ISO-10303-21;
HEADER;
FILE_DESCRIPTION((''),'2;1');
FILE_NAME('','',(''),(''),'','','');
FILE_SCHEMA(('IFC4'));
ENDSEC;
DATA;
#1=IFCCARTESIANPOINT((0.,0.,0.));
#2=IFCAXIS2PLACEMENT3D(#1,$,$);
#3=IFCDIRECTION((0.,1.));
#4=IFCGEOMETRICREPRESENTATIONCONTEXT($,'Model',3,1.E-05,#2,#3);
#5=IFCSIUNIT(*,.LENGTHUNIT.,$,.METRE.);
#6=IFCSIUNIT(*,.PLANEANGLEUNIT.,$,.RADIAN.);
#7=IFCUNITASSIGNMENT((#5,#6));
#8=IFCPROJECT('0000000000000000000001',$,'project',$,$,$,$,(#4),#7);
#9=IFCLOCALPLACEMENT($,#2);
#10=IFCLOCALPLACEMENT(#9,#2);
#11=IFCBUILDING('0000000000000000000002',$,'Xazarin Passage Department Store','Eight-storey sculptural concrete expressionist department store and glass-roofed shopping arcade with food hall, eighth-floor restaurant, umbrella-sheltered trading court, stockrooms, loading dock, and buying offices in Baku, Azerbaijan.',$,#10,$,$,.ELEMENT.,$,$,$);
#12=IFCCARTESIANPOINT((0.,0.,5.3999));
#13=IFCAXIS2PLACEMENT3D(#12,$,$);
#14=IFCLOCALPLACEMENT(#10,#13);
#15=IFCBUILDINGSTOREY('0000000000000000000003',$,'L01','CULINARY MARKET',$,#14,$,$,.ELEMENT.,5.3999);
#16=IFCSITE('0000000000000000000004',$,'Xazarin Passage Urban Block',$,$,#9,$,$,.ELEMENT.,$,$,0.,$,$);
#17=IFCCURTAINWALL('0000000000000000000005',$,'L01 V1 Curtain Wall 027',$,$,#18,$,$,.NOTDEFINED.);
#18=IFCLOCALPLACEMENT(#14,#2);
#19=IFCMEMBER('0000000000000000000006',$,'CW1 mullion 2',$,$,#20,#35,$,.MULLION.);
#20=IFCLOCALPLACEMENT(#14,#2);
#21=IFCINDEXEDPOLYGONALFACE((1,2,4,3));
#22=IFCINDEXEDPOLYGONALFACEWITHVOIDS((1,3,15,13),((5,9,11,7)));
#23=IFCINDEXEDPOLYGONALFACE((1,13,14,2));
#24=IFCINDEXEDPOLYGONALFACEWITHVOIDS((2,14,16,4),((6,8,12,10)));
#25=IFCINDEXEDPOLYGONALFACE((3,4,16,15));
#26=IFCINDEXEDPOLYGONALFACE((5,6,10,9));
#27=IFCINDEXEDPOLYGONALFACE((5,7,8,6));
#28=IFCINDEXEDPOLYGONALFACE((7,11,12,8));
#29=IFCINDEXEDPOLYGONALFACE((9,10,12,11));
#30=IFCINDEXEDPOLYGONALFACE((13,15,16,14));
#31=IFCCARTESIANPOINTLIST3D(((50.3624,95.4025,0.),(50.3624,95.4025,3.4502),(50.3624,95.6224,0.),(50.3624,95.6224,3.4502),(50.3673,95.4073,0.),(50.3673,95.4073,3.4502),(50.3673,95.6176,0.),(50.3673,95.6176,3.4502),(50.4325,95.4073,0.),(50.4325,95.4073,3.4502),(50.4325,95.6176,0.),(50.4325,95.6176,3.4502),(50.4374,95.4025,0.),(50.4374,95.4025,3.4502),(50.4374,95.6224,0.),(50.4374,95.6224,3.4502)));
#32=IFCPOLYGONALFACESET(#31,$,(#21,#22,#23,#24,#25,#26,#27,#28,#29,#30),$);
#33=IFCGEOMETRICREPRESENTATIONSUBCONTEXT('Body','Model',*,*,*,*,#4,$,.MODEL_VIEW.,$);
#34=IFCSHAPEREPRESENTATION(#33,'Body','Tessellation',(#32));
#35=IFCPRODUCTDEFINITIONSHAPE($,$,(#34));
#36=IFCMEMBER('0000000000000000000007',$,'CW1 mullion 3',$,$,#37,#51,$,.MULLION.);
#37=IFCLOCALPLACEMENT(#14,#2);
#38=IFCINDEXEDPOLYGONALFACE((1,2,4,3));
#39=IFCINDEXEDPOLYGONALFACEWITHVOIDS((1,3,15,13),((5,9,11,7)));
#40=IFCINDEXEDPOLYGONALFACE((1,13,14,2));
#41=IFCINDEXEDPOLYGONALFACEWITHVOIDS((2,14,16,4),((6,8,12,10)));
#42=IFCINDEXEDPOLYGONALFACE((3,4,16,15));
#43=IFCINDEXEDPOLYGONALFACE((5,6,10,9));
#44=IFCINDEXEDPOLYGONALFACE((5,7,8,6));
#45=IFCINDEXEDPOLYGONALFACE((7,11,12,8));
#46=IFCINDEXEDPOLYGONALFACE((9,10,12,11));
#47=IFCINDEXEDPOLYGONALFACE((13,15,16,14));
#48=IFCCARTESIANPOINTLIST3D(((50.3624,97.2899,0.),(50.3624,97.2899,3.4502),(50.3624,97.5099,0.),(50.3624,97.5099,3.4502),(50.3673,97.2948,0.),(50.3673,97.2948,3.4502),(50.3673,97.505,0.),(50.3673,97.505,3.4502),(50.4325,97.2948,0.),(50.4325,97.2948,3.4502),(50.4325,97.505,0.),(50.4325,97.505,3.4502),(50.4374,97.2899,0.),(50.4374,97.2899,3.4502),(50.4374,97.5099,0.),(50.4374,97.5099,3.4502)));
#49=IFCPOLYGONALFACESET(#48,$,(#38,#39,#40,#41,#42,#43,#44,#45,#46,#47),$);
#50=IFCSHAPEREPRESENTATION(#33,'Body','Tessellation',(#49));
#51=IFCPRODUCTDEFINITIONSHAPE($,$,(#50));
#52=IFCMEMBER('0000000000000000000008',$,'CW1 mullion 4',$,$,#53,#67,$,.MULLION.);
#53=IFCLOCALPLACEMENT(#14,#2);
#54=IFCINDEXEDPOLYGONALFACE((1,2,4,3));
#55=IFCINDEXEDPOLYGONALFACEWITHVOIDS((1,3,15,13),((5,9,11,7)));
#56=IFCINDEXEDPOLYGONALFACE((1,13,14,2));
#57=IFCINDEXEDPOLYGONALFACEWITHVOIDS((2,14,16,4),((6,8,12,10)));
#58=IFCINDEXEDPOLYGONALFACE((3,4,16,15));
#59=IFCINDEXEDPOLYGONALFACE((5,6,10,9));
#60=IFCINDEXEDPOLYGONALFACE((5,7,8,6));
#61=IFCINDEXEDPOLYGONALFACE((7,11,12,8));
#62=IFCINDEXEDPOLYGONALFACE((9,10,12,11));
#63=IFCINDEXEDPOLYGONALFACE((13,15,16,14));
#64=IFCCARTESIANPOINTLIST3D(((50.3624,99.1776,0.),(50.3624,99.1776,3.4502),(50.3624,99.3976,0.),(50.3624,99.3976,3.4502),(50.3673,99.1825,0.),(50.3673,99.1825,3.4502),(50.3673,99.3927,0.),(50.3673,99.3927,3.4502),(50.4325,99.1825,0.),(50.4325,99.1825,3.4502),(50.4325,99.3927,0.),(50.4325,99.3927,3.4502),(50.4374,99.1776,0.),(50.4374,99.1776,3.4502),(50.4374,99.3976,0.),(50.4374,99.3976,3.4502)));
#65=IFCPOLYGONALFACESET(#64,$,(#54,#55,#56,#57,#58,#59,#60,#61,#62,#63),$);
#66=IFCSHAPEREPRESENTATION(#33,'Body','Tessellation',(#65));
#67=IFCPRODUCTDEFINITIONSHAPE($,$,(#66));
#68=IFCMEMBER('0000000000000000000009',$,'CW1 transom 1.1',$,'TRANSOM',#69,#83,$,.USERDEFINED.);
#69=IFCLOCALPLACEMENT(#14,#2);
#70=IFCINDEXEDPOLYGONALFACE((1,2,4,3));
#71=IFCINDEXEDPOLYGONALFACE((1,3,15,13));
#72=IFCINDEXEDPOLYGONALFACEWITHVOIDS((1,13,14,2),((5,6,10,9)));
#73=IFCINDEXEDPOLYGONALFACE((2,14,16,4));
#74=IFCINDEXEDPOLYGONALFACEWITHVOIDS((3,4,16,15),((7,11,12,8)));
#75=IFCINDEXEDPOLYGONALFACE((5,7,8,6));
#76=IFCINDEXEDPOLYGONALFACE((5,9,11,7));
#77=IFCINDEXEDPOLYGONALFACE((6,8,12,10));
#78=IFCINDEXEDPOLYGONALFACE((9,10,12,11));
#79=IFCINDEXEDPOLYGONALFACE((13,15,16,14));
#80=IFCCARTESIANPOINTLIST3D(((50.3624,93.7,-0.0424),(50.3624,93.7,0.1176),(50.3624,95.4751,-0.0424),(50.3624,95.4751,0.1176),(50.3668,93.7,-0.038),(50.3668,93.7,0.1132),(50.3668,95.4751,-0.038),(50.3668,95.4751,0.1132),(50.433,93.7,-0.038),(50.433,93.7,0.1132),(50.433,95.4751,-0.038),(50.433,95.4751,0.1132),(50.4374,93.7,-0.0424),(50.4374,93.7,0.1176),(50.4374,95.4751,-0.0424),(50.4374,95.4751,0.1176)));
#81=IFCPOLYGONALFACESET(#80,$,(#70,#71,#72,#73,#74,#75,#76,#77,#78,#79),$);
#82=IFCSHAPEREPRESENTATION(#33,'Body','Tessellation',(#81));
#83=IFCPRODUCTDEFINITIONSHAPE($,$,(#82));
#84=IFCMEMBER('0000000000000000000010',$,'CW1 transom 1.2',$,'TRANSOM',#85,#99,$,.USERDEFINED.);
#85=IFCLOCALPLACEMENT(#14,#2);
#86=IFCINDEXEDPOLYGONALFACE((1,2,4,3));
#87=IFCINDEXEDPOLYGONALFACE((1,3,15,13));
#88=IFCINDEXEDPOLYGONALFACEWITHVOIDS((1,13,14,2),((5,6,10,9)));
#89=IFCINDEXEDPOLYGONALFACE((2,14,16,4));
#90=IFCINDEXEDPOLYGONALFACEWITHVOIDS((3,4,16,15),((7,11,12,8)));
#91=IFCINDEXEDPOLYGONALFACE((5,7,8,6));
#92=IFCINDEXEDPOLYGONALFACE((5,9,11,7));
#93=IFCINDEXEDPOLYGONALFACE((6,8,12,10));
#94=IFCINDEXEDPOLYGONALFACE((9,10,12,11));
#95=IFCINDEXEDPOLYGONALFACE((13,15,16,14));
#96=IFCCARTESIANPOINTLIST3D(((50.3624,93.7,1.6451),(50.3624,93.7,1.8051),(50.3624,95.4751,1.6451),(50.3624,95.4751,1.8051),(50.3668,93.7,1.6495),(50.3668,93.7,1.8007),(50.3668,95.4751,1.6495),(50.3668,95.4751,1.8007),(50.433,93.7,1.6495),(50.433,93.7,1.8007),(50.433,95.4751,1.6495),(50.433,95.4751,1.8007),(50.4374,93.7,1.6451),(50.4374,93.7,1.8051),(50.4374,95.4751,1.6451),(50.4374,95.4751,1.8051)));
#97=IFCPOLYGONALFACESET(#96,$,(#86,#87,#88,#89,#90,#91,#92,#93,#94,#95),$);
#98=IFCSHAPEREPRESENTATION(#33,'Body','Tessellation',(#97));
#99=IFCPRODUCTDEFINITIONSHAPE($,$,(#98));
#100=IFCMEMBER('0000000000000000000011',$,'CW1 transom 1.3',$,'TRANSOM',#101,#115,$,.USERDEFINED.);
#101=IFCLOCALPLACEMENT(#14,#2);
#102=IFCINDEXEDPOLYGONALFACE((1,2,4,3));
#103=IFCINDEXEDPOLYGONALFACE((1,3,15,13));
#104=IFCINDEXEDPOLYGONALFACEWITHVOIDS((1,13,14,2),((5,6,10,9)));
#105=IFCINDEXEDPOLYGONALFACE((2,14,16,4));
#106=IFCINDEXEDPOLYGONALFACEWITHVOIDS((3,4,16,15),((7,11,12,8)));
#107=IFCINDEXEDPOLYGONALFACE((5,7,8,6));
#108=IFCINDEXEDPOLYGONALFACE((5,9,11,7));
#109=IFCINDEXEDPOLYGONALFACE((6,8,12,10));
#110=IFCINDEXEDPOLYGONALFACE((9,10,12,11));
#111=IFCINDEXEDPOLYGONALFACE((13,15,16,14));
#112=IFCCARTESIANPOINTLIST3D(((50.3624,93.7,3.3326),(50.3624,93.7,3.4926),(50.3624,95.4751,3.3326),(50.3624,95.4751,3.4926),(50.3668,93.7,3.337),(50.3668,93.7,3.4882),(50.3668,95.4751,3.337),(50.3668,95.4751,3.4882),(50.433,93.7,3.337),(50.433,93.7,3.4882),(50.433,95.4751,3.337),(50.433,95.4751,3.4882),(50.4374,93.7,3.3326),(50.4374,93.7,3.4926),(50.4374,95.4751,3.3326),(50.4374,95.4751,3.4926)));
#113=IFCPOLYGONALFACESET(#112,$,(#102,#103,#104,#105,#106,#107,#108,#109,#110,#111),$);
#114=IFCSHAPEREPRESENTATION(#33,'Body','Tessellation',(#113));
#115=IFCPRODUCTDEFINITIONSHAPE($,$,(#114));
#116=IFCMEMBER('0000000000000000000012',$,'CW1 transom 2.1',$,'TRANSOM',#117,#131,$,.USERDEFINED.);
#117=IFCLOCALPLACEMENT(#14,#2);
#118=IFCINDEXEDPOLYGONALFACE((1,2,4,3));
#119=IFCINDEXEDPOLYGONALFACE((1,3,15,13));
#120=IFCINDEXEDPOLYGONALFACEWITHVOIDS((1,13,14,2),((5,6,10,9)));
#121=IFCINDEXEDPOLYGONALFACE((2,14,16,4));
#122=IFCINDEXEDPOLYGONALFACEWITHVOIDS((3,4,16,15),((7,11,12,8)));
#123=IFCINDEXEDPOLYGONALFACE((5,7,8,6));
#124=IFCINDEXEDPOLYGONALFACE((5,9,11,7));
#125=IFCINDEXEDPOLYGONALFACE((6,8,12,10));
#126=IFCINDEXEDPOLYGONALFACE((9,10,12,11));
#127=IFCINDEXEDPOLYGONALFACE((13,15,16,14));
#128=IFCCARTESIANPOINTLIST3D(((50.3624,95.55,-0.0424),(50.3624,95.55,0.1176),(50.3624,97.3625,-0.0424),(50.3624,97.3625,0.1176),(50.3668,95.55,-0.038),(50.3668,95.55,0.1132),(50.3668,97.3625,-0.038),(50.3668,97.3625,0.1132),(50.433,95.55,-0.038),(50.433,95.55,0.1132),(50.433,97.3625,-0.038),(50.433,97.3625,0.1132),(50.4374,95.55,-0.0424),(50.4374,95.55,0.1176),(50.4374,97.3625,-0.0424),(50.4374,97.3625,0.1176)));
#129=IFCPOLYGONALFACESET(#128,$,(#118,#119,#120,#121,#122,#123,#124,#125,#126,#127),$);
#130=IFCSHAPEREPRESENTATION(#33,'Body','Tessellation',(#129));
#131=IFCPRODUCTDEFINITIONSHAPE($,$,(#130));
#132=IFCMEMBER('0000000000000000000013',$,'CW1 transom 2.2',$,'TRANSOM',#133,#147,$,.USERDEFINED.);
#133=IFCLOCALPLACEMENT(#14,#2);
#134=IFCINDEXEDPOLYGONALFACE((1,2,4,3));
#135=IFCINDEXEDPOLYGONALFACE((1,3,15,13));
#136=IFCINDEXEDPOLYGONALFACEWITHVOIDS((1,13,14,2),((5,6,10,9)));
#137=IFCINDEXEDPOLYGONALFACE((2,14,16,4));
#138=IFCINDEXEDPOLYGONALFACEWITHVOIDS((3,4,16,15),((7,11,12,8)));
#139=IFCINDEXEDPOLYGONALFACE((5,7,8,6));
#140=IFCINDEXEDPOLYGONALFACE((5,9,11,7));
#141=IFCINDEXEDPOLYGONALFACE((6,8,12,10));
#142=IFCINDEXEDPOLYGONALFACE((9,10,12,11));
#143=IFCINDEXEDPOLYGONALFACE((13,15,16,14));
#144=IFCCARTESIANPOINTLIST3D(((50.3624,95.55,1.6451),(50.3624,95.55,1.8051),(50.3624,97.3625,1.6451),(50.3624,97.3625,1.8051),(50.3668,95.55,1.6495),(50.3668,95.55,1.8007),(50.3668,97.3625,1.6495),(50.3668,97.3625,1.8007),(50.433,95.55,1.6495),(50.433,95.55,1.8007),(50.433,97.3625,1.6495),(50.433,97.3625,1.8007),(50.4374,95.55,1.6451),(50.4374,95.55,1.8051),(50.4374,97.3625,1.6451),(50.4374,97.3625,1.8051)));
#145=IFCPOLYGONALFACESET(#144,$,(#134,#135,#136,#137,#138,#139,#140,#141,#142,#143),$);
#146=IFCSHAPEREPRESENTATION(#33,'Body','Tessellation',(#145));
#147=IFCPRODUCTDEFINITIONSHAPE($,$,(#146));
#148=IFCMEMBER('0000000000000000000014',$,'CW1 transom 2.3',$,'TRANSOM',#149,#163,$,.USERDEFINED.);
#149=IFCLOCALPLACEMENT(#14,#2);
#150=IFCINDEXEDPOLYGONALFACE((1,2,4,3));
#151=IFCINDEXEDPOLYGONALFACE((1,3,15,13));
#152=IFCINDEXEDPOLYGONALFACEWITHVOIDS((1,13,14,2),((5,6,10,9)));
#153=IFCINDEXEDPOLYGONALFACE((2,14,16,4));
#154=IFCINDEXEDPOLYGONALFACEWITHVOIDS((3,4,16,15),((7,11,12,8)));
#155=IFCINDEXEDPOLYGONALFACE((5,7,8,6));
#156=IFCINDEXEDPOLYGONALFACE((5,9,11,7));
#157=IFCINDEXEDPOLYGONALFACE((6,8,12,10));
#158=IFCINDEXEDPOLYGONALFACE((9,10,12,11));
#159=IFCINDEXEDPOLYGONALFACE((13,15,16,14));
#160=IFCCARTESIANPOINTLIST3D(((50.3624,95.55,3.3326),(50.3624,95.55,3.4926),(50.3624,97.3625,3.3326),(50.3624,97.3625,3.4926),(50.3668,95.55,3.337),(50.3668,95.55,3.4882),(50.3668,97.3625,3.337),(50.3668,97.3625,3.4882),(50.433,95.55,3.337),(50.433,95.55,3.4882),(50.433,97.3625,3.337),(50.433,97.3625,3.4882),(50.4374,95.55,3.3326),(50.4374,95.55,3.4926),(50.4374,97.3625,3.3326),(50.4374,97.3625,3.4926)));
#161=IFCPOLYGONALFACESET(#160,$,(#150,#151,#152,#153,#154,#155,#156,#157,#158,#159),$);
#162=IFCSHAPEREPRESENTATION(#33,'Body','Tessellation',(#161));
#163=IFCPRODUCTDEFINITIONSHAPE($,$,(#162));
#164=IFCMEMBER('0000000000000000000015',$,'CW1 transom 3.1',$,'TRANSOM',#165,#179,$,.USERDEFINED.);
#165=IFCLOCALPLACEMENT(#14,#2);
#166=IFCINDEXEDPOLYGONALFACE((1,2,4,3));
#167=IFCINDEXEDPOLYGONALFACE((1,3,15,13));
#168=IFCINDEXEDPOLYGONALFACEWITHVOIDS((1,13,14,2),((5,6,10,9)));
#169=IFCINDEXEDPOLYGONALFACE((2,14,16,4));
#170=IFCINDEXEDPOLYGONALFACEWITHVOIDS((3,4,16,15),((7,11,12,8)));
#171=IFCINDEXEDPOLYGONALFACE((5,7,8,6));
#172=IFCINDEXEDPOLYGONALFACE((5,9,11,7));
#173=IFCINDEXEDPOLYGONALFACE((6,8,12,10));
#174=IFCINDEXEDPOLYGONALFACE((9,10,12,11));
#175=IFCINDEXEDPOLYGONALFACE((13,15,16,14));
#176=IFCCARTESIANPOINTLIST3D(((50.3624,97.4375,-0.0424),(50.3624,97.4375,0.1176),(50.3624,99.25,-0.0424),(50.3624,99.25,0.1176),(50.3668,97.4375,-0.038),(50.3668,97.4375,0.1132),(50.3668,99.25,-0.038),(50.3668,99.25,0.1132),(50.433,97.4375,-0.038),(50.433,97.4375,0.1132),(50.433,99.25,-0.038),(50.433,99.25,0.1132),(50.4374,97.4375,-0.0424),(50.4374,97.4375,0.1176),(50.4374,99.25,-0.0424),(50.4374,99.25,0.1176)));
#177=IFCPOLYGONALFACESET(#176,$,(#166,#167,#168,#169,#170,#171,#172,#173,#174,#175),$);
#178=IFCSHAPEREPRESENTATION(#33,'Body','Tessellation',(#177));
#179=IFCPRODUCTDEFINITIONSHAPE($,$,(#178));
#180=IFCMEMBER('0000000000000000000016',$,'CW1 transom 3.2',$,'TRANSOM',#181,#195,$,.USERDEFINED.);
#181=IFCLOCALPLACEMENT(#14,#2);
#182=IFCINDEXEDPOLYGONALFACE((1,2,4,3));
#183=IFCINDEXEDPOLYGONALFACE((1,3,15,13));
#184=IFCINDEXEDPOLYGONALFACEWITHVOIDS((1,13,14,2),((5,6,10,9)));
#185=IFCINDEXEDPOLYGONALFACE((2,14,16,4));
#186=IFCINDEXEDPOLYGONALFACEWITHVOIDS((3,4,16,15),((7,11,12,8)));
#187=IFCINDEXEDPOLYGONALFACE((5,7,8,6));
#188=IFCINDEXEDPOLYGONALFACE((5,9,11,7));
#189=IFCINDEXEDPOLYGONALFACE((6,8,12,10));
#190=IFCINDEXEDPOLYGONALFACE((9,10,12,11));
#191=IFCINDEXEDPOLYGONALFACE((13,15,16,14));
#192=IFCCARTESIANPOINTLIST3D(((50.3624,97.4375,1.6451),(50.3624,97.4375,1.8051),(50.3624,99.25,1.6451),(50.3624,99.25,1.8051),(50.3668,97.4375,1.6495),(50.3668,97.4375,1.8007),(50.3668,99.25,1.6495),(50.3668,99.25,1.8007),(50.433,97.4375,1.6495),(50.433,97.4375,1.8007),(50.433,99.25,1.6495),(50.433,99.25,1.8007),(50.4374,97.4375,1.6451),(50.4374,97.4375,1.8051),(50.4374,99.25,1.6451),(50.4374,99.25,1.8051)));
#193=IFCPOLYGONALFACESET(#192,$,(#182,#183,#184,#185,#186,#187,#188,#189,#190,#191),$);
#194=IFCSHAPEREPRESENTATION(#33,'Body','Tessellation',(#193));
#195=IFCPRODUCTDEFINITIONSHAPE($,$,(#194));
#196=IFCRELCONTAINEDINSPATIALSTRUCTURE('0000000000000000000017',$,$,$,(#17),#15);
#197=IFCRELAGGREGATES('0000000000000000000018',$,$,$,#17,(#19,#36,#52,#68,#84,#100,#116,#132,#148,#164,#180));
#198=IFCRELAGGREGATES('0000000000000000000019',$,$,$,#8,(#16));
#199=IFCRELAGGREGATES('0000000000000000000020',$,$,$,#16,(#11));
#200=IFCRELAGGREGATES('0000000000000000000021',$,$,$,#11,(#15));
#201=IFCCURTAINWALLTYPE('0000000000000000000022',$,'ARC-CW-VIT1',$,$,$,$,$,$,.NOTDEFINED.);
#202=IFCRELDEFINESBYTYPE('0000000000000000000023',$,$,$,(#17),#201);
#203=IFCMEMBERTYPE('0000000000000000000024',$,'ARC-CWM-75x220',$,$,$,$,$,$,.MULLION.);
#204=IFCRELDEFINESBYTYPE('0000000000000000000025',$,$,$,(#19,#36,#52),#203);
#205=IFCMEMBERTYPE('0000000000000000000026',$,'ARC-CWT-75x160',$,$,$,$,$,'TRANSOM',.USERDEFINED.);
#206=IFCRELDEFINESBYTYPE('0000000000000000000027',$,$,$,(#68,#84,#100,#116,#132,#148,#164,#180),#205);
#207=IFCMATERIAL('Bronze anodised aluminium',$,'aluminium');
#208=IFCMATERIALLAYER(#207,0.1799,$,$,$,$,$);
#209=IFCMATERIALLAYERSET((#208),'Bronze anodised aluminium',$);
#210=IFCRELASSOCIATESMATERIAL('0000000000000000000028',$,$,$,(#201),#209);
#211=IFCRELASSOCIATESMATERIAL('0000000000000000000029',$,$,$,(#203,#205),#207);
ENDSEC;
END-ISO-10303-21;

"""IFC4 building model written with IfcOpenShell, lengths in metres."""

from ifc_helpers import new_model, si_unit, direction, frame, origin, origin_2d, place, context, subcontext, project, spatial, hollow_rectangle, extrude, material, layer, layer_set, material_profile, profile_set, type_object, element, aggregate, save


model = new_model("IFC4")

# Units and contexts
model_context = context("Model", 3, precision=1e-05, world=origin(), true_north=direction((0.0, 1.0)))
body_context = subcontext(model_context, "Body", "Model", "MODEL_VIEW")
ifc_project = project(units=[si_unit("LENGTHUNIT", "METRE"), si_unit("PLANEANGLEUNIT", "RADIAN")], contexts=[model_context])

# Site, building, storey
site_placement = place(None, origin())
site = spatial("IfcSite", under=ifc_project, at=site_placement, Name="Xazarin Passage Urban Block", CompositionType="ELEMENT", RefElevation=0.0)
building_placement = place(site_placement, origin())
building = spatial("IfcBuilding", under=site, at=building_placement, Name="Xazarin Passage Department Store", Description="Eight-storey sculptural concrete expressionist department store and glass-roofed shopping arcade with food hall, eighth-floor restaurant, umbrella-sheltered trading court, stockrooms, loading dock, and buying offices in Baku, Azerbaijan.", CompositionType="ELEMENT")
storey_placement = place(building_placement, frame((0.0, 0.0, 5.3999)))
storey = spatial("IfcBuildingStorey", under=building, at=storey_placement, Name="L01", Description="CULINARY MARKET", CompositionType="ELEMENT", Elevation=5.3999)

# Curtain wall, members
ifc_material_1 = material(Name="Bronze anodised aluminium", Category="aluminium")
ifc_layer_1 = layer(ifc_material_1, 0.1799)
ifc_layer_set_1 = layer_set([ifc_layer_1], Name="Bronze anodised aluminium")
curtain_wall_type = type_object("IfcCurtainWallType", Name="ARC-CW-VIT1", PredefinedType="NOTDEFINED", material=ifc_layer_set_1)
curtain_wall_placement = place(storey_placement, origin())
curtain_wall = element("IfcCurtainWall", 1, at=curtain_wall_placement, inside=storey, type_object=curtain_wall_type, Name="L01 V1 Curtain Wall 027", PredefinedType="NOTDEFINED")
ifc_material_profile_1 = material_profile(ifc_material_1, hollow_rectangle(XDim=0.075, YDim=0.22, WallThickness=0.0049, at=origin_2d()), Name="ALU 75x220")
ifc_profile_set_1 = profile_set([ifc_material_profile_1], Name="Bronze anodised aluminium")
member_type_1 = type_object("IfcMemberType", Name="ARC-CWM-75x220", PredefinedType="MULLION", material=ifc_profile_set_1)
member_1_placement = place(storey_placement, frame((50.3999, 95.5125, 0.0), z_axis=(0.0, 0.0, 1.0), x_axis=(-1.0, 0.0, 0.0)))
member_1 = element("IfcMember", 2, at=member_1_placement, type_object=member_type_1, Name="CW1 mullion 2", PredefinedType="MULLION", context=body_context, shape_type="SweptSolid", body=[
    extrude(hollow_rectangle(XDim=0.075, YDim=0.22, WallThickness=0.0049, at=origin_2d()), origin(), (0.0, 0.0, 1.0), 3.4502),
])
member_2_placement = place(storey_placement, frame((50.3999, 97.3999, 0.0), z_axis=(0.0, 0.0, 1.0), x_axis=(-1.0, 0.0, 0.0)))
member_2 = element("IfcMember", 3, at=member_2_placement, type_object=member_type_1, Name="CW1 mullion 3", PredefinedType="MULLION", context=body_context, shape_type="SweptSolid", body=[
    extrude(hollow_rectangle(XDim=0.075, YDim=0.22, WallThickness=0.0049, at=origin_2d()), origin(), (0.0, 0.0, 1.0), 3.4502),
])
member_3_placement = place(storey_placement, frame((50.3999, 99.2876, 0.0), z_axis=(0.0, 0.0, 1.0), x_axis=(-1.0, 0.0, 0.0)))
member_3 = element("IfcMember", 4, at=member_3_placement, type_object=member_type_1, Name="CW1 mullion 4", PredefinedType="MULLION", context=body_context, shape_type="SweptSolid", body=[
    extrude(hollow_rectangle(XDim=0.075, YDim=0.22, WallThickness=0.0049, at=origin_2d()), origin(), (0.0, 0.0, 1.0), 3.4502),
])
ifc_material_profile_2 = material_profile(ifc_material_1, hollow_rectangle(XDim=0.075, YDim=0.1599, WallThickness=0.0044, at=origin_2d()), Name="ALU 75x160")
ifc_profile_set_2 = profile_set([ifc_material_profile_2], Name="Bronze anodised aluminium")
member_type_2 = type_object("IfcMemberType", Name="ARC-CWT-75x160", ElementType="TRANSOM", PredefinedType="USERDEFINED", material=ifc_profile_set_2)
member_4_placement = place(storey_placement, frame((50.3999, 93.7, 0.0376), z_axis=(0.0, 1.0, 0.0), x_axis=(-1.0, 0.0, 0.0)))
member_4 = element("IfcMember", 5, at=member_4_placement, type_object=member_type_2, Name="CW1 transom 1.1", ObjectType="TRANSOM", PredefinedType="USERDEFINED", context=body_context, shape_type="SweptSolid", body=[
    extrude(hollow_rectangle(XDim=0.075, YDim=0.1599, WallThickness=0.0044, at=origin_2d()), origin(), (0.0, 0.0, 1.0), 1.7751),
])
member_5_placement = place(storey_placement, frame((50.3999, 93.7, 1.7251), z_axis=(0.0, 1.0, 0.0), x_axis=(-1.0, 0.0, 0.0)))
member_5 = element("IfcMember", 6, at=member_5_placement, type_object=member_type_2, Name="CW1 transom 1.2", ObjectType="TRANSOM", PredefinedType="USERDEFINED", context=body_context, shape_type="SweptSolid", body=[
    extrude(hollow_rectangle(XDim=0.075, YDim=0.1599, WallThickness=0.0044, at=origin_2d()), origin(), (0.0, 0.0, 1.0), 1.7751),
])
member_6_placement = place(storey_placement, frame((50.3999, 93.7, 3.4126), z_axis=(0.0, 1.0, 0.0), x_axis=(-1.0, 0.0, 0.0)))
member_6 = element("IfcMember", 7, at=member_6_placement, type_object=member_type_2, Name="CW1 transom 1.3", ObjectType="TRANSOM", PredefinedType="USERDEFINED", context=body_context, shape_type="SweptSolid", body=[
    extrude(hollow_rectangle(XDim=0.075, YDim=0.1599, WallThickness=0.0044, at=origin_2d()), origin(), (0.0, 0.0, 1.0), 1.7751),
])
member_7_placement = place(storey_placement, frame((50.3999, 95.55, 0.0376), z_axis=(0.0, 1.0, 0.0), x_axis=(-1.0, 0.0, 0.0)))
member_7 = element("IfcMember", 8, at=member_7_placement, type_object=member_type_2, Name="CW1 transom 2.1", ObjectType="TRANSOM", PredefinedType="USERDEFINED", context=body_context, shape_type="SweptSolid", body=[
    extrude(hollow_rectangle(XDim=0.075, YDim=0.1599, WallThickness=0.0044, at=origin_2d()), origin(), (0.0, 0.0, 1.0), 1.8125),
])
member_8_placement = place(storey_placement, frame((50.3999, 95.55, 1.7251), z_axis=(0.0, 1.0, 0.0), x_axis=(-1.0, 0.0, 0.0)))
member_8 = element("IfcMember", 9, at=member_8_placement, type_object=member_type_2, Name="CW1 transom 2.2", ObjectType="TRANSOM", PredefinedType="USERDEFINED", context=body_context, shape_type="SweptSolid", body=[
    extrude(hollow_rectangle(XDim=0.075, YDim=0.1599, WallThickness=0.0044, at=origin_2d()), origin(), (0.0, 0.0, 1.0), 1.8125),
])
member_9_placement = place(storey_placement, frame((50.3999, 95.55, 3.4126), z_axis=(0.0, 1.0, 0.0), x_axis=(-1.0, 0.0, 0.0)))
member_9 = element("IfcMember", 10, at=member_9_placement, type_object=member_type_2, Name="CW1 transom 2.3", ObjectType="TRANSOM", PredefinedType="USERDEFINED", context=body_context, shape_type="SweptSolid", body=[
    extrude(hollow_rectangle(XDim=0.075, YDim=0.1599, WallThickness=0.0044, at=origin_2d()), origin(), (0.0, 0.0, 1.0), 1.8125),
])
member_10_placement = place(storey_placement, frame((50.3999, 97.4375, 0.0376), z_axis=(0.0, 1.0, 0.0), x_axis=(-1.0, 0.0, 0.0)))
member_10 = element("IfcMember", 11, at=member_10_placement, type_object=member_type_2, Name="CW1 transom 3.1", ObjectType="TRANSOM", PredefinedType="USERDEFINED", context=body_context, shape_type="SweptSolid", body=[
    extrude(hollow_rectangle(XDim=0.075, YDim=0.1599, WallThickness=0.0044, at=origin_2d()), origin(), (0.0, 0.0, 1.0), 1.8125),
])
member_11_placement = place(storey_placement, frame((50.3999, 97.4375, 1.7251), z_axis=(0.0, 1.0, 0.0), x_axis=(-1.0, 0.0, 0.0)))
member_11 = element("IfcMember", 12, at=member_11_placement, type_object=member_type_2, Name="CW1 transom 3.2", ObjectType="TRANSOM", PredefinedType="USERDEFINED", context=body_context, shape_type="SweptSolid", body=[
    extrude(hollow_rectangle(XDim=0.075, YDim=0.1599, WallThickness=0.0044, at=origin_2d()), origin(), (0.0, 0.0, 1.0), 1.8125),
])
aggregate(curtain_wall, [member_1, member_2, member_3, member_4, member_5, member_6, member_7, member_8, member_9, member_10, member_11])

save(model, "model.ifc")
